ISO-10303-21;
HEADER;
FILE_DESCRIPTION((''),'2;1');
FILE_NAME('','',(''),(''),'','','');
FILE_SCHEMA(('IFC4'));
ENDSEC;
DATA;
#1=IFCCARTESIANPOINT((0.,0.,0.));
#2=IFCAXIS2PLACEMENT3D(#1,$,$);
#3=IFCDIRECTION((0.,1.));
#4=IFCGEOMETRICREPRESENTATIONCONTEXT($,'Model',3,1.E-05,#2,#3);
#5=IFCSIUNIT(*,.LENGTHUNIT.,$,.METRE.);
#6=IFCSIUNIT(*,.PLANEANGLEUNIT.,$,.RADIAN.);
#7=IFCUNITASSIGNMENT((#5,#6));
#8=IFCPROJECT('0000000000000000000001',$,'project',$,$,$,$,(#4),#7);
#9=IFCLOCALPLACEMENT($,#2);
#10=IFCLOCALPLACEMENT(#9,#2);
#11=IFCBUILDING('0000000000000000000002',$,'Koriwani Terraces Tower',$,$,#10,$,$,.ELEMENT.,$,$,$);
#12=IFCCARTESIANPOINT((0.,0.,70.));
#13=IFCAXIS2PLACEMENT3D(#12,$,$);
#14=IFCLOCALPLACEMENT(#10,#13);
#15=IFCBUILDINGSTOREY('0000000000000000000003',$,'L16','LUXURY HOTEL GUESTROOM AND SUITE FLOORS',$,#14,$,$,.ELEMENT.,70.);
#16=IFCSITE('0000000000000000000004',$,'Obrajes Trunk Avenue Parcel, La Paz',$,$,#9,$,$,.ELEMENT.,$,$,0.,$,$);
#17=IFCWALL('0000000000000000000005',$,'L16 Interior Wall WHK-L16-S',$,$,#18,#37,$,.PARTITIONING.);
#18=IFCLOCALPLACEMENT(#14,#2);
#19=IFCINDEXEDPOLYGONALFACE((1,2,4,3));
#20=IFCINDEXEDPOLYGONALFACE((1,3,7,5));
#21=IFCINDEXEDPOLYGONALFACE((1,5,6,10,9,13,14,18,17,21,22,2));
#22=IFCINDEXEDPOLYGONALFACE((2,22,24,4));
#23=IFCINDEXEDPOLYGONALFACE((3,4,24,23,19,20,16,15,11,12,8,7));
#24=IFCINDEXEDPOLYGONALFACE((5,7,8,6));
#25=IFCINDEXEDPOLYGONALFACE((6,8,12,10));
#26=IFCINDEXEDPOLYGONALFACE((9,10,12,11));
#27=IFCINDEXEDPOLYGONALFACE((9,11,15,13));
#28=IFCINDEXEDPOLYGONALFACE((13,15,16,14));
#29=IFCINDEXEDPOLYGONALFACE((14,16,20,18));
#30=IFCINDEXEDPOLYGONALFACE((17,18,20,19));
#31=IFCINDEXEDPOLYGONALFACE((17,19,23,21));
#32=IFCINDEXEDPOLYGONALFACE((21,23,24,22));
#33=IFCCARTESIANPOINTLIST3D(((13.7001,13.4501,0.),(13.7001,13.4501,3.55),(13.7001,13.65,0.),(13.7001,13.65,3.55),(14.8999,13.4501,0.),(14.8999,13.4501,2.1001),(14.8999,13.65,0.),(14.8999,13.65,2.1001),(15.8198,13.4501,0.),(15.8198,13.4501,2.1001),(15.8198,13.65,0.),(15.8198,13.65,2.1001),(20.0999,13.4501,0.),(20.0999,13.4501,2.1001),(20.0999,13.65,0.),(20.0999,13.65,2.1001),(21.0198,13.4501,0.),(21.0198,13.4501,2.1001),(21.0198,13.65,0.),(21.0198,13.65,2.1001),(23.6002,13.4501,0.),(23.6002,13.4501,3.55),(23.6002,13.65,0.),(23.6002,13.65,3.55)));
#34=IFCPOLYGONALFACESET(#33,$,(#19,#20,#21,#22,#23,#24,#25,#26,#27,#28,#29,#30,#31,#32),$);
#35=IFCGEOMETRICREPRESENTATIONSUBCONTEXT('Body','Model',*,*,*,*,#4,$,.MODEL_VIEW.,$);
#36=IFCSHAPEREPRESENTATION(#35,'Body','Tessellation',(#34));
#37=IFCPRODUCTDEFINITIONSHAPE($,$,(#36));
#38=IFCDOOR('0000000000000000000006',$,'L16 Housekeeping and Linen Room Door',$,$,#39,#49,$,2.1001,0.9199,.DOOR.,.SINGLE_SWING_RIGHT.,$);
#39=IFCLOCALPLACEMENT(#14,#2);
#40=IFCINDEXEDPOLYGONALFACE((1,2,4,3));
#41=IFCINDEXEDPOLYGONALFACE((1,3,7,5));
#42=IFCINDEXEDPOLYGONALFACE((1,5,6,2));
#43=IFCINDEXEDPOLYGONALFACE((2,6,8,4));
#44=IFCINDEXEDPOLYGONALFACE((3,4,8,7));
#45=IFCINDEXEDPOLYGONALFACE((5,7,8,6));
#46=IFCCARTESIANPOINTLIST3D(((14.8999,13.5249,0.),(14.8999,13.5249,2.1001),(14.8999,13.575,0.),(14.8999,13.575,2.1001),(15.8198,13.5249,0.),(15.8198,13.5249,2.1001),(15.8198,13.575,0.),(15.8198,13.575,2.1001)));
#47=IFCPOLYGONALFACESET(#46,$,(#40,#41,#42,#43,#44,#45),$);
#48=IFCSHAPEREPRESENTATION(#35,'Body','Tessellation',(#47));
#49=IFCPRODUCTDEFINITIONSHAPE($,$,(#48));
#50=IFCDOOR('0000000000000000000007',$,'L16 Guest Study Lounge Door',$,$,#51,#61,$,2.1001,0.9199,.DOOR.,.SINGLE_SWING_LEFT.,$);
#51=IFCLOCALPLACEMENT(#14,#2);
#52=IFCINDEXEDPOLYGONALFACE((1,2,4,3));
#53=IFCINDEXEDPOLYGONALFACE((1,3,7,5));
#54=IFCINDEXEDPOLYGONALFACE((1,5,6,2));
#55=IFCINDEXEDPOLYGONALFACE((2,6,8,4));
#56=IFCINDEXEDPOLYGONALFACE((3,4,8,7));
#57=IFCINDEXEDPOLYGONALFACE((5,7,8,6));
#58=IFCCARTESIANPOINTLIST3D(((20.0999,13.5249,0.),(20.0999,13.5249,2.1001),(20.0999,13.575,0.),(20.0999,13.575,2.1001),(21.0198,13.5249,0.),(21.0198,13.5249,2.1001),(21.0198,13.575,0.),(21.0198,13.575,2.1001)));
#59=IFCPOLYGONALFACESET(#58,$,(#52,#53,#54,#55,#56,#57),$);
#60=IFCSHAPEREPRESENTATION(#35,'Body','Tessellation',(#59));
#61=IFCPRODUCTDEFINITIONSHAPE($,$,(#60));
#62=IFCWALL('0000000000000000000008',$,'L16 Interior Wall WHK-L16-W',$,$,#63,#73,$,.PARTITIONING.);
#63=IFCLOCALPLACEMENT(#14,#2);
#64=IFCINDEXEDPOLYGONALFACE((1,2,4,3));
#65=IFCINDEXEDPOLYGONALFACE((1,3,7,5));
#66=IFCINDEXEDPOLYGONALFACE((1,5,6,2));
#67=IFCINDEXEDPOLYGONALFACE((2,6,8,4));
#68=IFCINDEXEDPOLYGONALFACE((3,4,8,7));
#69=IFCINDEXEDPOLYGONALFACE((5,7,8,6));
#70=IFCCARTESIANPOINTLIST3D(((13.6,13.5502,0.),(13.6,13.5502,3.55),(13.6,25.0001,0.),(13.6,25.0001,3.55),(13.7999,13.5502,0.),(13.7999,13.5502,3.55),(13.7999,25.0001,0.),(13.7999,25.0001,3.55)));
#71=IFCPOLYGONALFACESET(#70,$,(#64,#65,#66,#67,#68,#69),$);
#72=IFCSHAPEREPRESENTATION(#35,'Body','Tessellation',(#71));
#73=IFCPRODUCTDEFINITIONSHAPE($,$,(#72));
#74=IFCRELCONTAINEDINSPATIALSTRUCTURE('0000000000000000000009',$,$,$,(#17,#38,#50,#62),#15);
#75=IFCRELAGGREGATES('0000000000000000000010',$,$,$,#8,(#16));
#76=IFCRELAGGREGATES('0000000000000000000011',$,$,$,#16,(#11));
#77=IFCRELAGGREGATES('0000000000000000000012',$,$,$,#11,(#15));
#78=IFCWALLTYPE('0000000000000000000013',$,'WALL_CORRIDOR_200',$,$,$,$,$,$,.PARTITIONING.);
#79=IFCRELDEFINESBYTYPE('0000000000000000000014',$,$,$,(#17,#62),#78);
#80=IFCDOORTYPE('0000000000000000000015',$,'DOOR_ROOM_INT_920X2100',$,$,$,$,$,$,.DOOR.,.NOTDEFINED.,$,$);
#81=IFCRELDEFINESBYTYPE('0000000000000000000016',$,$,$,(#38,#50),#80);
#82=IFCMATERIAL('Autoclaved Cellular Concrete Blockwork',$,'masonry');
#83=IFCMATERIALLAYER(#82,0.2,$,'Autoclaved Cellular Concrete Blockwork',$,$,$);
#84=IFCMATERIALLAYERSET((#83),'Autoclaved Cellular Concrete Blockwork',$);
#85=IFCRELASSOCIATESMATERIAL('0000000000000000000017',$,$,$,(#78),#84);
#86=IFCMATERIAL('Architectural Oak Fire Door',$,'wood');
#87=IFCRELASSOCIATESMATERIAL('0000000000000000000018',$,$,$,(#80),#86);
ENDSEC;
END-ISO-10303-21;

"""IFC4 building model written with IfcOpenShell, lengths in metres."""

from ifc_helpers import new_model, si_unit, direction, frame, frame_2d, origin, place, context, subcontext, project, spatial, rectangle, extrude, material, layer, layer_set, type_object, element, fill, save


model = new_model("IFC4")

# Units and contexts
model_context = context("Model", 3, precision=1e-05, world=origin(), true_north=direction((0.0, 1.0)))
body_context = subcontext(model_context, "Body", "Model", "MODEL_VIEW")
ifc_project = project(units=[si_unit("LENGTHUNIT", "METRE"), si_unit("PLANEANGLEUNIT", "RADIAN")], contexts=[model_context])

# Site, building, storey
site_placement = place(None, origin())
site = spatial("IfcSite", under=ifc_project, at=site_placement, Name="Obrajes Trunk Avenue Parcel, La Paz", CompositionType="ELEMENT", RefElevation=0.0)
building_placement = place(site_placement, origin())
building = spatial("IfcBuilding", under=site, at=building_placement, Name="Koriwani Terraces Tower", CompositionType="ELEMENT")
storey_placement = place(building_placement, frame((0.0, 0.0, 70.0)))
storey = spatial("IfcBuildingStorey", under=building, at=storey_placement, Name="L16", Description="LUXURY HOTEL GUESTROOM AND SUITE FLOORS", CompositionType="ELEMENT", Elevation=70.0)

# Wall, openings, doors
ifc_material_1 = material(Name="Autoclaved Cellular Concrete Blockwork", Category="masonry")
ifc_layer_1 = layer(ifc_material_1, 0.2, Name="Autoclaved Cellular Concrete Blockwork")
ifc_layer_set_1 = layer_set([ifc_layer_1], Name="Autoclaved Cellular Concrete Blockwork")
wall_type_1 = type_object("IfcWallType", Name="WALL_CORRIDOR_200", PredefinedType="PARTITIONING", material=ifc_layer_set_1)
wall_1_placement = place(storey_placement, frame((13.7, 13.55, 0.0), z_axis=(0.0, 0.0, 1.0), x_axis=(1.0, 0.0, 0.0)))
wall_1 = element("IfcWall", 1, at=wall_1_placement, inside=storey, type_object=wall_type_1, Name="L16 Interior Wall WHK-L16-S", PredefinedType="PARTITIONING", context=body_context, shape_type="SweptSolid", body=[
    extrude(rectangle(XDim=9.9001, YDim=0.2, at=frame_2d((4.9502, 0.0))), origin(), (0.0, 0.0, 1.0), 3.55),
])
opening_1_placement = place(wall_1_placement, frame((1.2, 0.0, 0.0)))
opening_1 = element("IfcOpeningElement", 2, at=opening_1_placement, cuts=wall_1, PredefinedType="OPENING", context=body_context, shape_type="SweptSolid", body=[
    extrude(rectangle(XDim=0.9199, YDim=2.1001, at=frame_2d((0.46, 1.05))), frame((0.0, 0.1099, 0.0), z_axis=(0.0, -1.0, 0.0), x_axis=(1.0, 0.0, 0.0)), (0.0, 0.0, 1.0), 0.22),
])
opening_2_placement = place(wall_1_placement, frame((6.3999, 0.0, 0.0)))
opening_2 = element("IfcOpeningElement", 3, at=opening_2_placement, cuts=wall_1, PredefinedType="OPENING", context=body_context, shape_type="SweptSolid", body=[
    extrude(rectangle(XDim=0.9199, YDim=2.1001, at=frame_2d((0.46, 1.05))), frame((0.0, 0.1099, 0.0), z_axis=(0.0, -1.0, 0.0), x_axis=(1.0, 0.0, 0.0)), (0.0, 0.0, 1.0), 0.22),
])
ifc_material_2 = material(Name="Architectural Oak Fire Door", Category="wood")
door_type_1 = type_object("IfcDoorType", Name="DOOR_ROOM_INT_920X2100", OperationType="NOTDEFINED", PredefinedType="DOOR", material=ifc_material_2)
door_1_placement = place(opening_1_placement, origin())
door_1 = element("IfcDoor", 4, at=door_1_placement, inside=storey, type_object=door_type_1, Name="L16 Housekeeping and Linen Room Door", OperationType="SINGLE_SWING_RIGHT", OverallHeight=2.1001, OverallWidth=0.9199, PredefinedType="DOOR", context=body_context, shape_type="SweptSolid", body=[
    extrude(rectangle(XDim=0.9199, YDim=2.1001, at=frame_2d((0.46, 1.05))), frame((0.0, 0.0249, 0.0), z_axis=(0.0, -1.0, 0.0), x_axis=(1.0, 0.0, 0.0)), (0.0, 0.0, 1.0), 0.05),
])
fill(opening_1, door_1)
door_2_placement = place(opening_2_placement, origin())
door_2 = element("IfcDoor", 5, at=door_2_placement, inside=storey, type_object=door_type_1, Name="L16 Guest Study Lounge Door", OperationType="SINGLE_SWING_LEFT", OverallHeight=2.1001, OverallWidth=0.9199, PredefinedType="DOOR", context=body_context, shape_type="SweptSolid", body=[
    extrude(rectangle(XDim=0.9199, YDim=2.1001, at=frame_2d((0.46, 1.05))), frame((0.0, 0.0249, 0.0), z_axis=(0.0, -1.0, 0.0), x_axis=(1.0, 0.0, 0.0)), (0.0, 0.0, 1.0), 0.05),
])
fill(opening_2, door_2)

# Wall
wall_2_placement = place(storey_placement, frame((13.7, 13.55, 0.0), z_axis=(0.0, 0.0, 1.0), x_axis=(0.0, 1.0, 0.0)))
element("IfcWall", 6, at=wall_2_placement, inside=storey, type_object=wall_type_1, Name="L16 Interior Wall WHK-L16-W", PredefinedType="PARTITIONING", context=body_context, shape_type="SweptSolid", body=[
    extrude(rectangle(XDim=11.45, YDim=0.2, at=frame_2d((5.7251, 0.0))), origin(), (0.0, 0.0, 1.0), 3.55),
])

save(model, "model.ifc")
